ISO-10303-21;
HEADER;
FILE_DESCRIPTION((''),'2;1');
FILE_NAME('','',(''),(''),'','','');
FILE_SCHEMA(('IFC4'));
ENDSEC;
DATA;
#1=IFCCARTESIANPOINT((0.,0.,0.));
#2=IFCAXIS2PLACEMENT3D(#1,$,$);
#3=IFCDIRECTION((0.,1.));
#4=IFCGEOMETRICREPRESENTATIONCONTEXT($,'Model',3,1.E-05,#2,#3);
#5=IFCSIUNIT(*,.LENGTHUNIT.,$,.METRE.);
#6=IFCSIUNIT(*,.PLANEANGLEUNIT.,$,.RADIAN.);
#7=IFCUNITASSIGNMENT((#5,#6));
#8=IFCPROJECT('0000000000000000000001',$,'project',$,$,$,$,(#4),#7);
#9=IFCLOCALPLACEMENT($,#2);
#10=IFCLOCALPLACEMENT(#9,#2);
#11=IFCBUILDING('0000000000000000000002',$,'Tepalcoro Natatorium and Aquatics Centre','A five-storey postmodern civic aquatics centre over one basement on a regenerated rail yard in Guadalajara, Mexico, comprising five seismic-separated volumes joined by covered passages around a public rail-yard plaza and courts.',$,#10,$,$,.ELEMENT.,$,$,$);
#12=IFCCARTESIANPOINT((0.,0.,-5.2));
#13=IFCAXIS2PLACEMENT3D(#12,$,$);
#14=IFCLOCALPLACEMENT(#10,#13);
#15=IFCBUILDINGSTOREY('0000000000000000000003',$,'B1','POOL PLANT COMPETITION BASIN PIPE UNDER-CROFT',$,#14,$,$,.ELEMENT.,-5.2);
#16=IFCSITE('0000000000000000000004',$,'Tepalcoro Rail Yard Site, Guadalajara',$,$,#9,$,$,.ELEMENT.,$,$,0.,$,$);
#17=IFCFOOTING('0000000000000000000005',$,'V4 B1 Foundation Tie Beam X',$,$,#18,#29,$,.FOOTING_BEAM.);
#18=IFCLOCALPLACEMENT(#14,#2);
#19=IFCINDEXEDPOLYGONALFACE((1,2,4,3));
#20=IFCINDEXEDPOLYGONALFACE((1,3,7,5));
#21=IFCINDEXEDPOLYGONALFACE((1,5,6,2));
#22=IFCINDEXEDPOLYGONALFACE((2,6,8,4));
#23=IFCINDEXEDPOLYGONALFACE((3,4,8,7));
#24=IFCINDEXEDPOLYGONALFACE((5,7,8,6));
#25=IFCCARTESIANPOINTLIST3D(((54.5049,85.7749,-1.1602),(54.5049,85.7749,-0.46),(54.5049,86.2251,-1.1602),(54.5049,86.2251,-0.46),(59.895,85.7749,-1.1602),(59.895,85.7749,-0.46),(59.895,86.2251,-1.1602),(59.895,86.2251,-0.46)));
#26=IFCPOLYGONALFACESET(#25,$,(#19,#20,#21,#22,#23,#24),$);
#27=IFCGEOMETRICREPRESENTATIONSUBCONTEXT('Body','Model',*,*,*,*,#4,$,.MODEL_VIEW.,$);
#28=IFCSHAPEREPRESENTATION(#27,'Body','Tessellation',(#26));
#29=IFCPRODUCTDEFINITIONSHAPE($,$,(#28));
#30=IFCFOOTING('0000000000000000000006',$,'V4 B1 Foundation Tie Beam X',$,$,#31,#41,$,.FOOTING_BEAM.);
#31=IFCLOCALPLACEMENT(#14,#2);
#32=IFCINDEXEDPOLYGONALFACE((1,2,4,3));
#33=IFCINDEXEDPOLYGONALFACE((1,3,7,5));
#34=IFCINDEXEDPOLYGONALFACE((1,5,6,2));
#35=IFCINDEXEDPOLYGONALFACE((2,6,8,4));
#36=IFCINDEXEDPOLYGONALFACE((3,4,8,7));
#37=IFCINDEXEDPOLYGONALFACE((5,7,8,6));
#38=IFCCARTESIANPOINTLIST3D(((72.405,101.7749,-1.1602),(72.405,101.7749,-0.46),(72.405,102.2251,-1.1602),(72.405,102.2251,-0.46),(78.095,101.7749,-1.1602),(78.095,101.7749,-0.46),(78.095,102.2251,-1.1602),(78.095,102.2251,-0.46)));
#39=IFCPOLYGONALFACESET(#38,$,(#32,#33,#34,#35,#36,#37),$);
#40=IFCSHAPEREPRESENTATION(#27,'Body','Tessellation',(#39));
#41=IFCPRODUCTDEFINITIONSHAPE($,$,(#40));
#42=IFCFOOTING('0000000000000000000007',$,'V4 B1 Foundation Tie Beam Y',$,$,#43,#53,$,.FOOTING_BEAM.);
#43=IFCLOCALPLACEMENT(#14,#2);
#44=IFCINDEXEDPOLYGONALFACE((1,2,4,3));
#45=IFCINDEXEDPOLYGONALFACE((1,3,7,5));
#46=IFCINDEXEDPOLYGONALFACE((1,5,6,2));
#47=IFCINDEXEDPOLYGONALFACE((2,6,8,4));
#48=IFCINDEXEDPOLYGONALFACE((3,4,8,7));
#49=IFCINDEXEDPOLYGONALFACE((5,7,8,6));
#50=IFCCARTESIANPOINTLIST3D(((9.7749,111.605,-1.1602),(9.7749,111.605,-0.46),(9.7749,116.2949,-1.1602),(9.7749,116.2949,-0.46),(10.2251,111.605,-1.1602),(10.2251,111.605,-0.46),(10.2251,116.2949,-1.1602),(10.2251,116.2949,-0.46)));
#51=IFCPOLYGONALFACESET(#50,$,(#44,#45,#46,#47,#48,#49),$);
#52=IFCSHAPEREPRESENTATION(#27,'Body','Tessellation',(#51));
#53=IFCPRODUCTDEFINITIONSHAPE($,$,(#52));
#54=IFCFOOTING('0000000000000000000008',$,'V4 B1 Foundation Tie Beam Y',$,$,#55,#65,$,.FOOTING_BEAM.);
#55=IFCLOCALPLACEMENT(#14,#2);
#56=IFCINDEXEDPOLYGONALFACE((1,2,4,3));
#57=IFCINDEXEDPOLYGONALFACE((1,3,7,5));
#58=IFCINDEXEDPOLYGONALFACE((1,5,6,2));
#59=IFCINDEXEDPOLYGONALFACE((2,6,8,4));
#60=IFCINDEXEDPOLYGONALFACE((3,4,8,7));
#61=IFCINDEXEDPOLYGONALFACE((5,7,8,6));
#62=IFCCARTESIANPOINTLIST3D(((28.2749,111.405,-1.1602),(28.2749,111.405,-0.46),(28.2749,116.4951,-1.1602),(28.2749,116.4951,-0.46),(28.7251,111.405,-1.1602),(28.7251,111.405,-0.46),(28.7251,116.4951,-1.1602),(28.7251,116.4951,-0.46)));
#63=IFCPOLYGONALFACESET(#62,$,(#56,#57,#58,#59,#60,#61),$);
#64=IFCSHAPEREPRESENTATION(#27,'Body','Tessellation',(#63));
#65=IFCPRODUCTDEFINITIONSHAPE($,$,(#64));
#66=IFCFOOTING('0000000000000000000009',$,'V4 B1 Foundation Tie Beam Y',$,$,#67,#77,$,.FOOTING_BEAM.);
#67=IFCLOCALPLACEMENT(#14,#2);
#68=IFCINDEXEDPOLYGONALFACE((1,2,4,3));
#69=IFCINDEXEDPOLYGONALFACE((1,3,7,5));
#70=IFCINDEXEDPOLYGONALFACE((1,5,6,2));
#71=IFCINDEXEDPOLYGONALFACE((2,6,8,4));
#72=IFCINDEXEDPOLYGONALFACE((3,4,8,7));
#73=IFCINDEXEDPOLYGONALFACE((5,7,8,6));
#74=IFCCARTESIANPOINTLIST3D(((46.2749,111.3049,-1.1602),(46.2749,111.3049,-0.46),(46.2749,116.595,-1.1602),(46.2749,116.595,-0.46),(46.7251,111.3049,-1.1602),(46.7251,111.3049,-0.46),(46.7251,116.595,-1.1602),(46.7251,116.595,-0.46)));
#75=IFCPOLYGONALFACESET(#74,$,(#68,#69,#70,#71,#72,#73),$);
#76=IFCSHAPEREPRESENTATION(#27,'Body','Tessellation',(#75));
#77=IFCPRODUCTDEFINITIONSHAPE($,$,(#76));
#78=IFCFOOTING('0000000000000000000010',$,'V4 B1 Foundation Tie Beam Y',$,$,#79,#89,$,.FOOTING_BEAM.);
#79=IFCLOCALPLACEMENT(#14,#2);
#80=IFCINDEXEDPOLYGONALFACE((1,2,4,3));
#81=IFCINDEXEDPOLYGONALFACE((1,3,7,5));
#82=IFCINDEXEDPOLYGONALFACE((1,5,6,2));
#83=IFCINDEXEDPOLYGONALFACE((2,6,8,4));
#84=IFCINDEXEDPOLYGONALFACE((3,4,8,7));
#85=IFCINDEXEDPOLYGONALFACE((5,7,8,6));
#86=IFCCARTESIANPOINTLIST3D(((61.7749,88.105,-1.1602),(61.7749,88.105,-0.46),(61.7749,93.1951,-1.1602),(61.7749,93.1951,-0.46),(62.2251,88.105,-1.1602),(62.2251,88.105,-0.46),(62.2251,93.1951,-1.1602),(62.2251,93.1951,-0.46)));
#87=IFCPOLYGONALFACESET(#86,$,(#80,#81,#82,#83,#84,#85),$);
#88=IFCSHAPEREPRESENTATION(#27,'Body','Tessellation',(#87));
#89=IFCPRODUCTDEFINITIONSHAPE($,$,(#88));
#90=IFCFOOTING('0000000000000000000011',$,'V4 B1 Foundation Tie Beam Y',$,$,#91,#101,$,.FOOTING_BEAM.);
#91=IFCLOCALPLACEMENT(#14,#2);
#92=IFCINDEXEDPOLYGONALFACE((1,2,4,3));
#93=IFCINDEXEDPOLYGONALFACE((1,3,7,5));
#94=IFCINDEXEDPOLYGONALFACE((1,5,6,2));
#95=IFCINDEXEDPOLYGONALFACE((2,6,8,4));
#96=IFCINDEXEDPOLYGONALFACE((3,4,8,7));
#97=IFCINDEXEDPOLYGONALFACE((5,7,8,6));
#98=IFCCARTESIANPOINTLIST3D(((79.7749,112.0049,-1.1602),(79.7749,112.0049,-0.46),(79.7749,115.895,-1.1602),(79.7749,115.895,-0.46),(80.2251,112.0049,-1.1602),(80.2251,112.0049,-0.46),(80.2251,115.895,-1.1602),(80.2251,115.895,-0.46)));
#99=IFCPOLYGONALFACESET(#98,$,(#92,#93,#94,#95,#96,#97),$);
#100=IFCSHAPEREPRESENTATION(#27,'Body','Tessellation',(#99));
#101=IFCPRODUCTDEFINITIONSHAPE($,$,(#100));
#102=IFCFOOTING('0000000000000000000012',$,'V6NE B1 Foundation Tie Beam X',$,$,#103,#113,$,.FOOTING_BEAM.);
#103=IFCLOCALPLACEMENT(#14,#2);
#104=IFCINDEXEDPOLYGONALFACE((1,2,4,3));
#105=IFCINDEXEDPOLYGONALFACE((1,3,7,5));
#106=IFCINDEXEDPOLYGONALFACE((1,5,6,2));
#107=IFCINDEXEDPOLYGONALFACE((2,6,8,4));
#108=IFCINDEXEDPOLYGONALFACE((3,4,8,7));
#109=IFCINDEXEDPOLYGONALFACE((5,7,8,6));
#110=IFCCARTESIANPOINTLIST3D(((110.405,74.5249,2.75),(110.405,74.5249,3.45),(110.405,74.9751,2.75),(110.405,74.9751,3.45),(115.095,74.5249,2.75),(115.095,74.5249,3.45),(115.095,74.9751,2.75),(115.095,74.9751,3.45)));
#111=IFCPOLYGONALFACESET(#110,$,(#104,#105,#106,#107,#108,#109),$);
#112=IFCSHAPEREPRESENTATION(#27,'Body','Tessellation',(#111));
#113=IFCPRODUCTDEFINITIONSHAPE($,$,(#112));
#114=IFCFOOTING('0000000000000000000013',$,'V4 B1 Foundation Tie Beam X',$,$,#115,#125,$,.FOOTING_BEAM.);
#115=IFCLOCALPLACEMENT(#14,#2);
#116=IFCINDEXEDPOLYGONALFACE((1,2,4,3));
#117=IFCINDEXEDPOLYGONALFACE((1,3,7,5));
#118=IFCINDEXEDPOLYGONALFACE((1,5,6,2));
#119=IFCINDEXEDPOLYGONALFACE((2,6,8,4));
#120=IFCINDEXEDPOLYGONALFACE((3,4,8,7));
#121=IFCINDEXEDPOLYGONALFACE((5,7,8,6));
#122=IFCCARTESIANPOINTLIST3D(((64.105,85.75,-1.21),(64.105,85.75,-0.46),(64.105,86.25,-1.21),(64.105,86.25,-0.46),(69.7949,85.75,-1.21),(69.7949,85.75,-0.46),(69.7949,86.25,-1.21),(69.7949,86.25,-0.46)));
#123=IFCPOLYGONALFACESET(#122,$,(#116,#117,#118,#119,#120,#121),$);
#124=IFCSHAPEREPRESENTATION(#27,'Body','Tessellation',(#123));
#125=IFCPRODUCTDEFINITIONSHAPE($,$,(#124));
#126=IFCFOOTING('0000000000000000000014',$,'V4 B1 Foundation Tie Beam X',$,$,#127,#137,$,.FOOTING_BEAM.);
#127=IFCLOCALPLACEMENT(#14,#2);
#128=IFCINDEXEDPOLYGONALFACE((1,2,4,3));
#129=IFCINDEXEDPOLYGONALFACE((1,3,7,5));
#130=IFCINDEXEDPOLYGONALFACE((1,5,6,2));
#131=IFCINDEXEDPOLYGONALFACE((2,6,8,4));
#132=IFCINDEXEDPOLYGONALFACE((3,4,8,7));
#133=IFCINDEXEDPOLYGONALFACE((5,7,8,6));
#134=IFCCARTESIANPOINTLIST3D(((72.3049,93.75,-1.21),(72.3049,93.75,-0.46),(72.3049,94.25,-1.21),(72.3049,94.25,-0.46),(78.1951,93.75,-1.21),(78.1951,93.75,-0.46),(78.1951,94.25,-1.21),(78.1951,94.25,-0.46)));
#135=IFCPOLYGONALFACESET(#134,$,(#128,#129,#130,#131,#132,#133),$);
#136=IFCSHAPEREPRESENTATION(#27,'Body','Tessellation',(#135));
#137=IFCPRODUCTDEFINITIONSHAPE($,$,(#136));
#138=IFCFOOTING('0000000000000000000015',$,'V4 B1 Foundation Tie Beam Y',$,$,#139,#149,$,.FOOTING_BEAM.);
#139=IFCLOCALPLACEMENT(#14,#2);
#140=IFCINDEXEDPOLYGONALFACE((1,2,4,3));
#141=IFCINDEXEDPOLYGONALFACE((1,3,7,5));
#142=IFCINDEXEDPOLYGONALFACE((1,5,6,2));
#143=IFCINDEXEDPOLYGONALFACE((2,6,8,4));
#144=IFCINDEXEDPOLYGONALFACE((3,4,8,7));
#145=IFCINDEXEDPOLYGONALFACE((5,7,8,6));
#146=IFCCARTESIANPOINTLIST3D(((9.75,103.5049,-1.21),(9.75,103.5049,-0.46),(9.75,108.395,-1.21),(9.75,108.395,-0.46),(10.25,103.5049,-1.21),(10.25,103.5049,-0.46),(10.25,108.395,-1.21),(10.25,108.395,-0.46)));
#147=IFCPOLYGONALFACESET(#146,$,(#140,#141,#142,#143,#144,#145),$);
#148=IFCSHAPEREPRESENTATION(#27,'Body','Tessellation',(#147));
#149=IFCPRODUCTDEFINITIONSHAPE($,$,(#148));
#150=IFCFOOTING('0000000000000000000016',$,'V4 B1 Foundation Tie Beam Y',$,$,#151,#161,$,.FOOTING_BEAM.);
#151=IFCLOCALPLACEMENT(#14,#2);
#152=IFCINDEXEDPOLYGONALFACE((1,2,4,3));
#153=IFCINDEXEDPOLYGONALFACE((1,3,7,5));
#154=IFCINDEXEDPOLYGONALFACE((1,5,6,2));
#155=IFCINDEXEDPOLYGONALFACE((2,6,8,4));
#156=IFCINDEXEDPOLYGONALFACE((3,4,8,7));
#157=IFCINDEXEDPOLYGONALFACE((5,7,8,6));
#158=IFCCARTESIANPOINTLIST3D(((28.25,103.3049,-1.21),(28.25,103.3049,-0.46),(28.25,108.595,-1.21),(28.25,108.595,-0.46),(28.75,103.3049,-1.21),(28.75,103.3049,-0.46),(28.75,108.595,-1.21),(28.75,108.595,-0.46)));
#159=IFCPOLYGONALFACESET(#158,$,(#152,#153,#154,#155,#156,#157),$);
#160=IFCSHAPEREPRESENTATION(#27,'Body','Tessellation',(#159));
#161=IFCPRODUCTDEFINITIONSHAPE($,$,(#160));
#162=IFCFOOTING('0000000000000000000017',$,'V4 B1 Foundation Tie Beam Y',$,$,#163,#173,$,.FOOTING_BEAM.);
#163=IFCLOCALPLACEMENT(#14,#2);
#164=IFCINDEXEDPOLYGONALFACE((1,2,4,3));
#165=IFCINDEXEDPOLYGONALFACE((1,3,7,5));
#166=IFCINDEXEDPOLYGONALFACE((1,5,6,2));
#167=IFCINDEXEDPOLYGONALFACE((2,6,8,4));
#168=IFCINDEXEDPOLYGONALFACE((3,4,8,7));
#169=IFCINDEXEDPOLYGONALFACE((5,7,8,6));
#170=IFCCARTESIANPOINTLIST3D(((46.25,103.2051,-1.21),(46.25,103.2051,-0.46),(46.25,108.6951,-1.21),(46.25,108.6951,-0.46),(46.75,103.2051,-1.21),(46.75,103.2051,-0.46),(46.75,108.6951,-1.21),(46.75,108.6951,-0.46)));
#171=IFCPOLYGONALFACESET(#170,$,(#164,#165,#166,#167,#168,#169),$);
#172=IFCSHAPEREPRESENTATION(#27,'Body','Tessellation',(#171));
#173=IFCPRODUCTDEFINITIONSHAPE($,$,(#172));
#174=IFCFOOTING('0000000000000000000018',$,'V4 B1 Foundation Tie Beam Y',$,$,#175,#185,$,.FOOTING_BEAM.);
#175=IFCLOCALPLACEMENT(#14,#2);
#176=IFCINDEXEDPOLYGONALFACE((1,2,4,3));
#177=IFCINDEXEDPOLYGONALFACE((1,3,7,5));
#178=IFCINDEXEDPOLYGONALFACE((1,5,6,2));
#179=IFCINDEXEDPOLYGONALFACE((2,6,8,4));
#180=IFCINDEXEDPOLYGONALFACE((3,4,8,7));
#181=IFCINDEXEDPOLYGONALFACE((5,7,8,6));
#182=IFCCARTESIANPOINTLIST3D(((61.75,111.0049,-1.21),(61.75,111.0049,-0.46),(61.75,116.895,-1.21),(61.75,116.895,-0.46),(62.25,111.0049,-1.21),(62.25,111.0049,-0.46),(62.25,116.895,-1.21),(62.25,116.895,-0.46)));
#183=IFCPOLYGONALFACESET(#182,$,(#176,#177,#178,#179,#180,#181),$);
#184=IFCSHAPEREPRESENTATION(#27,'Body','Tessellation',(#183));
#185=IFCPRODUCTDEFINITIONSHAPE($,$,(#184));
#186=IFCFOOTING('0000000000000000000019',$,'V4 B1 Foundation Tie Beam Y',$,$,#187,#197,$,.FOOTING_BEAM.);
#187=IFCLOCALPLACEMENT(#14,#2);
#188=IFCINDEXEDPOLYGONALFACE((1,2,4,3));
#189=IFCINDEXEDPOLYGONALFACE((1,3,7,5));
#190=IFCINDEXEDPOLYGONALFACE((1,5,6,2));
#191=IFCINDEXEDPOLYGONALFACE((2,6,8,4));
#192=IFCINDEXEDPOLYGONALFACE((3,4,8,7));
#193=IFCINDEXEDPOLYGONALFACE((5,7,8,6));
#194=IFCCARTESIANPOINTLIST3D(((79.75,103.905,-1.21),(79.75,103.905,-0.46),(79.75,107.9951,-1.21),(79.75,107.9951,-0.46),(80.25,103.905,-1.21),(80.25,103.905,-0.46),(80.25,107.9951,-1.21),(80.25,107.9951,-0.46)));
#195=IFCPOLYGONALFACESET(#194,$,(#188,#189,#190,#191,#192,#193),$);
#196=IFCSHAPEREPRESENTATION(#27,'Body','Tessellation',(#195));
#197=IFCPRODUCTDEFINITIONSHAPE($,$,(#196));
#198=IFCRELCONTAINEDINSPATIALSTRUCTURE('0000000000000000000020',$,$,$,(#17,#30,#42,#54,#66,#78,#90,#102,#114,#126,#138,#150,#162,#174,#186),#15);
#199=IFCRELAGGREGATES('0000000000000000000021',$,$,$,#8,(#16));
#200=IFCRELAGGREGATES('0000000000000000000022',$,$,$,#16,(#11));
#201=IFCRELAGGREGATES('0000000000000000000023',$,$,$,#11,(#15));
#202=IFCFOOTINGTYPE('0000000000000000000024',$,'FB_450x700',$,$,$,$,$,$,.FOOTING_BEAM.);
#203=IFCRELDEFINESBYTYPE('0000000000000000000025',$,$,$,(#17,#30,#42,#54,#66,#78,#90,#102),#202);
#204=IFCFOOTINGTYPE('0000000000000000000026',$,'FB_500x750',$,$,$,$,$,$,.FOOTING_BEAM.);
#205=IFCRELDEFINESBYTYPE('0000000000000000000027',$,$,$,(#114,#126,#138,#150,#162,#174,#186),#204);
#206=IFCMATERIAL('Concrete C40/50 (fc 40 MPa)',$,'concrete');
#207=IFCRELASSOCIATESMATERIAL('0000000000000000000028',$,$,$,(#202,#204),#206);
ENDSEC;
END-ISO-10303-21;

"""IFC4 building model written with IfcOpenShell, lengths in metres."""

from ifc_helpers import new_model, si_unit, direction, frame, origin, place, context, subcontext, project, spatial, polyline, outline, extrude, material, type_object, element, save


model = new_model("IFC4")

# Units and contexts
model_context = context("Model", 3, precision=1e-05, world=origin(), true_north=direction((0.0, 1.0)))
body_context = subcontext(model_context, "Body", "Model", "MODEL_VIEW")
ifc_project = project(units=[si_unit("LENGTHUNIT", "METRE"), si_unit("PLANEANGLEUNIT", "RADIAN")], contexts=[model_context])

# Site, building, storey
site_placement = place(None, origin())
site = spatial("IfcSite", under=ifc_project, at=site_placement, Name="Tepalcoro Rail Yard Site, Guadalajara", CompositionType="ELEMENT", RefElevation=0.0)
building_placement = place(site_placement, origin())
building = spatial("IfcBuilding", under=site, at=building_placement, Name="Tepalcoro Natatorium and Aquatics Centre", Description="A five-storey postmodern civic aquatics centre over one basement on a regenerated rail yard in Guadalajara, Mexico, comprising five seismic-separated volumes joined by covered passages around a public rail-yard plaza and courts.", CompositionType="ELEMENT")
storey_placement = place(building_placement, frame((0.0, 0.0, -5.2)))
storey = spatial("IfcBuildingStorey", under=building, at=storey_placement, Name="B1", Description="POOL PLANT COMPETITION BASIN PIPE UNDER-CROFT", CompositionType="ELEMENT", Elevation=-5.2)

# Footings
ifc_material = material(Name="Concrete C40/50 (fc 40 MPa)", Category="concrete")
footing_type_1 = type_object("IfcFootingType", Name="FB_450x700", PredefinedType="FOOTING_BEAM", material=ifc_material)
footing_1_placement = place(storey_placement, frame((0.0, 0.0, -1.1602)))
element("IfcFooting", 1, at=footing_1_placement, inside=storey, type_object=footing_type_1, Name="V4 B1 Foundation Tie Beam X", PredefinedType="FOOTING_BEAM", context=body_context, shape_type="SweptSolid", body=[
    extrude(outline(polyline([(54.5049, 85.7749), (59.895, 85.7749), (59.895, 86.2251), (54.5049, 86.2251), (54.5049, 85.7749)])), origin(), (0.0, 0.0, 1.0), 0.7002),
])
footing_2_placement = place(storey_placement, frame((0.0, 0.0, -1.1602)))
element("IfcFooting", 2, at=footing_2_placement, inside=storey, type_object=footing_type_1, Name="V4 B1 Foundation Tie Beam X", PredefinedType="FOOTING_BEAM", context=body_context, shape_type="SweptSolid", body=[
    extrude(outline(polyline([(72.405, 101.7749), (78.095, 101.7749), (78.095, 102.2251), (72.405, 102.2251), (72.405, 101.7749)])), origin(), (0.0, 0.0, 1.0), 0.7002),
])
footing_3_placement = place(storey_placement, frame((0.0, 0.0, -1.1602)))
element("IfcFooting", 3, at=footing_3_placement, inside=storey, type_object=footing_type_1, Name="V4 B1 Foundation Tie Beam Y", PredefinedType="FOOTING_BEAM", context=body_context, shape_type="SweptSolid", body=[
    extrude(outline(polyline([(10.2251, 111.605), (10.2251, 116.2949), (9.7749, 116.2949), (9.7749, 111.605), (10.2251, 111.605)])), origin(), (0.0, 0.0, 1.0), 0.7002),
])
footing_4_placement = place(storey_placement, frame((0.0, 0.0, -1.1602)))
element("IfcFooting", 4, at=footing_4_placement, inside=storey, type_object=footing_type_1, Name="V4 B1 Foundation Tie Beam Y", PredefinedType="FOOTING_BEAM", context=body_context, shape_type="SweptSolid", body=[
    extrude(outline(polyline([(28.7251, 111.405), (28.7251, 116.4951), (28.2749, 116.4951), (28.2749, 111.405), (28.7251, 111.405)])), origin(), (0.0, 0.0, 1.0), 0.7002),
])
footing_5_placement = place(storey_placement, frame((0.0, 0.0, -1.1602)))
element("IfcFooting", 5, at=footing_5_placement, inside=storey, type_object=footing_type_1, Name="V4 B1 Foundation Tie Beam Y", PredefinedType="FOOTING_BEAM", context=body_context, shape_type="SweptSolid", body=[
    extrude(outline(polyline([(46.7251, 111.3049), (46.7251, 116.595), (46.2749, 116.595), (46.2749, 111.3049), (46.7251, 111.3049)])), origin(), (0.0, 0.0, 1.0), 0.7002),
])
footing_6_placement = place(storey_placement, frame((0.0, 0.0, -1.1602)))
element("IfcFooting", 6, at=footing_6_placement, inside=storey, type_object=footing_type_1, Name="V4 B1 Foundation Tie Beam Y", PredefinedType="FOOTING_BEAM", context=body_context, shape_type="SweptSolid", body=[
    extrude(outline(polyline([(62.2251, 88.105), (62.2251, 93.1951), (61.7749, 93.1951), (61.7749, 88.105), (62.2251, 88.105)])), origin(), (0.0, 0.0, 1.0), 0.7002),
])
footing_7_placement = place(storey_placement, frame((0.0, 0.0, -1.1602)))
element("IfcFooting", 7, at=footing_7_placement, inside=storey, type_object=footing_type_1, Name="V4 B1 Foundation Tie Beam Y", PredefinedType="FOOTING_BEAM", context=body_context, shape_type="SweptSolid", body=[
    extrude(outline(polyline([(80.2251, 112.0049), (80.2251, 115.895), (79.7749, 115.895), (79.7749, 112.0049), (80.2251, 112.0049)])), origin(), (0.0, 0.0, 1.0), 0.7002),
])
footing_8_placement = place(storey_placement, frame((0.0, 0.0, 2.75)))
element("IfcFooting", 8, at=footing_8_placement, inside=storey, type_object=footing_type_1, Name="V6NE B1 Foundation Tie Beam X", PredefinedType="FOOTING_BEAM", context=body_context, shape_type="SweptSolid", body=[
    extrude(outline(polyline([(110.405, 74.5249), (115.095, 74.5249), (115.095, 74.9751), (110.405, 74.9751), (110.405, 74.5249)])), origin(), (0.0, 0.0, 1.0), 0.7),
])
footing_type_2 = type_object("IfcFootingType", Name="FB_500x750", PredefinedType="FOOTING_BEAM", material=ifc_material)
footing_9_placement = place(storey_placement, frame((0.0, 0.0, -1.21)))
element("IfcFooting", 9, at=footing_9_placement, inside=storey, type_object=footing_type_2, Name="V4 B1 Foundation Tie Beam X", PredefinedType="FOOTING_BEAM", context=body_context, shape_type="SweptSolid", body=[
    extrude(outline(polyline([(64.105, 85.75), (69.7949, 85.75), (69.7949, 86.25), (64.105, 86.25), (64.105, 85.75)])), origin(), (0.0, 0.0, 1.0), 0.75),
])
footing_10_placement = place(storey_placement, frame((0.0, 0.0, -1.21)))
element("IfcFooting", 10, at=footing_10_placement, inside=storey, type_object=footing_type_2, Name="V4 B1 Foundation Tie Beam X", PredefinedType="FOOTING_BEAM", context=body_context, shape_type="SweptSolid", body=[
    extrude(outline(polyline([(72.3049, 93.75), (78.1951, 93.75), (78.1951, 94.25), (72.3049, 94.25), (72.3049, 93.75)])), origin(), (0.0, 0.0, 1.0), 0.75),
])
footing_11_placement = place(storey_placement, frame((0.0, 0.0, -1.21)))
element("IfcFooting", 11, at=footing_11_placement, inside=storey, type_object=footing_type_2, Name="V4 B1 Foundation Tie Beam Y", PredefinedType="FOOTING_BEAM", context=body_context, shape_type="SweptSolid", body=[
    extrude(outline(polyline([(10.25, 103.5049), (10.25, 108.395), (9.75, 108.395), (9.75, 103.5049), (10.25, 103.5049)])), origin(), (0.0, 0.0, 1.0), 0.75),
])
footing_12_placement = place(storey_placement, frame((0.0, 0.0, -1.21)))
element("IfcFooting", 12, at=footing_12_placement, inside=storey, type_object=footing_type_2, Name="V4 B1 Foundation Tie Beam Y", PredefinedType="FOOTING_BEAM", context=body_context, shape_type="SweptSolid", body=[
    extrude(outline(polyline([(28.75, 103.3049), (28.75, 108.595), (28.25, 108.595), (28.25, 103.3049), (28.75, 103.3049)])), origin(), (0.0, 0.0, 1.0), 0.75),
])
footing_13_placement = place(storey_placement, frame((0.0, 0.0, -1.21)))
element("IfcFooting", 13, at=footing_13_placement, inside=storey, type_object=footing_type_2, Name="V4 B1 Foundation Tie Beam Y", PredefinedType="FOOTING_BEAM", context=body_context, shape_type="SweptSolid", body=[
    extrude(outline(polyline([(46.75, 103.2051), (46.75, 108.6951), (46.25, 108.6951), (46.25, 103.2051), (46.75, 103.2051)])), origin(), (0.0, 0.0, 1.0), 0.75),
])
footing_14_placement = place(storey_placement, frame((0.0, 0.0, -1.21)))
element("IfcFooting", 14, at=footing_14_placement, inside=storey, type_object=footing_type_2, Name="V4 B1 Foundation Tie Beam Y", PredefinedType="FOOTING_BEAM", context=body_context, shape_type="SweptSolid", body=[
    extrude(outline(polyline([(62.25, 111.0049), (62.25, 116.895), (61.75, 116.895), (61.75, 111.0049), (62.25, 111.0049)])), origin(), (0.0, 0.0, 1.0), 0.75),
])
footing_15_placement = place(storey_placement, frame((0.0, 0.0, -1.21)))
element("IfcFooting", 15, at=footing_15_placement, inside=storey, type_object=footing_type_2, Name="V4 B1 Foundation Tie Beam Y", PredefinedType="FOOTING_BEAM", context=body_context, shape_type="SweptSolid", body=[
    extrude(outline(polyline([(80.25, 103.905), (80.25, 107.9951), (79.75, 107.9951), (79.75, 103.905), (80.25, 103.905)])), origin(), (0.0, 0.0, 1.0), 0.75),
])

save(model, "model.ifc")
